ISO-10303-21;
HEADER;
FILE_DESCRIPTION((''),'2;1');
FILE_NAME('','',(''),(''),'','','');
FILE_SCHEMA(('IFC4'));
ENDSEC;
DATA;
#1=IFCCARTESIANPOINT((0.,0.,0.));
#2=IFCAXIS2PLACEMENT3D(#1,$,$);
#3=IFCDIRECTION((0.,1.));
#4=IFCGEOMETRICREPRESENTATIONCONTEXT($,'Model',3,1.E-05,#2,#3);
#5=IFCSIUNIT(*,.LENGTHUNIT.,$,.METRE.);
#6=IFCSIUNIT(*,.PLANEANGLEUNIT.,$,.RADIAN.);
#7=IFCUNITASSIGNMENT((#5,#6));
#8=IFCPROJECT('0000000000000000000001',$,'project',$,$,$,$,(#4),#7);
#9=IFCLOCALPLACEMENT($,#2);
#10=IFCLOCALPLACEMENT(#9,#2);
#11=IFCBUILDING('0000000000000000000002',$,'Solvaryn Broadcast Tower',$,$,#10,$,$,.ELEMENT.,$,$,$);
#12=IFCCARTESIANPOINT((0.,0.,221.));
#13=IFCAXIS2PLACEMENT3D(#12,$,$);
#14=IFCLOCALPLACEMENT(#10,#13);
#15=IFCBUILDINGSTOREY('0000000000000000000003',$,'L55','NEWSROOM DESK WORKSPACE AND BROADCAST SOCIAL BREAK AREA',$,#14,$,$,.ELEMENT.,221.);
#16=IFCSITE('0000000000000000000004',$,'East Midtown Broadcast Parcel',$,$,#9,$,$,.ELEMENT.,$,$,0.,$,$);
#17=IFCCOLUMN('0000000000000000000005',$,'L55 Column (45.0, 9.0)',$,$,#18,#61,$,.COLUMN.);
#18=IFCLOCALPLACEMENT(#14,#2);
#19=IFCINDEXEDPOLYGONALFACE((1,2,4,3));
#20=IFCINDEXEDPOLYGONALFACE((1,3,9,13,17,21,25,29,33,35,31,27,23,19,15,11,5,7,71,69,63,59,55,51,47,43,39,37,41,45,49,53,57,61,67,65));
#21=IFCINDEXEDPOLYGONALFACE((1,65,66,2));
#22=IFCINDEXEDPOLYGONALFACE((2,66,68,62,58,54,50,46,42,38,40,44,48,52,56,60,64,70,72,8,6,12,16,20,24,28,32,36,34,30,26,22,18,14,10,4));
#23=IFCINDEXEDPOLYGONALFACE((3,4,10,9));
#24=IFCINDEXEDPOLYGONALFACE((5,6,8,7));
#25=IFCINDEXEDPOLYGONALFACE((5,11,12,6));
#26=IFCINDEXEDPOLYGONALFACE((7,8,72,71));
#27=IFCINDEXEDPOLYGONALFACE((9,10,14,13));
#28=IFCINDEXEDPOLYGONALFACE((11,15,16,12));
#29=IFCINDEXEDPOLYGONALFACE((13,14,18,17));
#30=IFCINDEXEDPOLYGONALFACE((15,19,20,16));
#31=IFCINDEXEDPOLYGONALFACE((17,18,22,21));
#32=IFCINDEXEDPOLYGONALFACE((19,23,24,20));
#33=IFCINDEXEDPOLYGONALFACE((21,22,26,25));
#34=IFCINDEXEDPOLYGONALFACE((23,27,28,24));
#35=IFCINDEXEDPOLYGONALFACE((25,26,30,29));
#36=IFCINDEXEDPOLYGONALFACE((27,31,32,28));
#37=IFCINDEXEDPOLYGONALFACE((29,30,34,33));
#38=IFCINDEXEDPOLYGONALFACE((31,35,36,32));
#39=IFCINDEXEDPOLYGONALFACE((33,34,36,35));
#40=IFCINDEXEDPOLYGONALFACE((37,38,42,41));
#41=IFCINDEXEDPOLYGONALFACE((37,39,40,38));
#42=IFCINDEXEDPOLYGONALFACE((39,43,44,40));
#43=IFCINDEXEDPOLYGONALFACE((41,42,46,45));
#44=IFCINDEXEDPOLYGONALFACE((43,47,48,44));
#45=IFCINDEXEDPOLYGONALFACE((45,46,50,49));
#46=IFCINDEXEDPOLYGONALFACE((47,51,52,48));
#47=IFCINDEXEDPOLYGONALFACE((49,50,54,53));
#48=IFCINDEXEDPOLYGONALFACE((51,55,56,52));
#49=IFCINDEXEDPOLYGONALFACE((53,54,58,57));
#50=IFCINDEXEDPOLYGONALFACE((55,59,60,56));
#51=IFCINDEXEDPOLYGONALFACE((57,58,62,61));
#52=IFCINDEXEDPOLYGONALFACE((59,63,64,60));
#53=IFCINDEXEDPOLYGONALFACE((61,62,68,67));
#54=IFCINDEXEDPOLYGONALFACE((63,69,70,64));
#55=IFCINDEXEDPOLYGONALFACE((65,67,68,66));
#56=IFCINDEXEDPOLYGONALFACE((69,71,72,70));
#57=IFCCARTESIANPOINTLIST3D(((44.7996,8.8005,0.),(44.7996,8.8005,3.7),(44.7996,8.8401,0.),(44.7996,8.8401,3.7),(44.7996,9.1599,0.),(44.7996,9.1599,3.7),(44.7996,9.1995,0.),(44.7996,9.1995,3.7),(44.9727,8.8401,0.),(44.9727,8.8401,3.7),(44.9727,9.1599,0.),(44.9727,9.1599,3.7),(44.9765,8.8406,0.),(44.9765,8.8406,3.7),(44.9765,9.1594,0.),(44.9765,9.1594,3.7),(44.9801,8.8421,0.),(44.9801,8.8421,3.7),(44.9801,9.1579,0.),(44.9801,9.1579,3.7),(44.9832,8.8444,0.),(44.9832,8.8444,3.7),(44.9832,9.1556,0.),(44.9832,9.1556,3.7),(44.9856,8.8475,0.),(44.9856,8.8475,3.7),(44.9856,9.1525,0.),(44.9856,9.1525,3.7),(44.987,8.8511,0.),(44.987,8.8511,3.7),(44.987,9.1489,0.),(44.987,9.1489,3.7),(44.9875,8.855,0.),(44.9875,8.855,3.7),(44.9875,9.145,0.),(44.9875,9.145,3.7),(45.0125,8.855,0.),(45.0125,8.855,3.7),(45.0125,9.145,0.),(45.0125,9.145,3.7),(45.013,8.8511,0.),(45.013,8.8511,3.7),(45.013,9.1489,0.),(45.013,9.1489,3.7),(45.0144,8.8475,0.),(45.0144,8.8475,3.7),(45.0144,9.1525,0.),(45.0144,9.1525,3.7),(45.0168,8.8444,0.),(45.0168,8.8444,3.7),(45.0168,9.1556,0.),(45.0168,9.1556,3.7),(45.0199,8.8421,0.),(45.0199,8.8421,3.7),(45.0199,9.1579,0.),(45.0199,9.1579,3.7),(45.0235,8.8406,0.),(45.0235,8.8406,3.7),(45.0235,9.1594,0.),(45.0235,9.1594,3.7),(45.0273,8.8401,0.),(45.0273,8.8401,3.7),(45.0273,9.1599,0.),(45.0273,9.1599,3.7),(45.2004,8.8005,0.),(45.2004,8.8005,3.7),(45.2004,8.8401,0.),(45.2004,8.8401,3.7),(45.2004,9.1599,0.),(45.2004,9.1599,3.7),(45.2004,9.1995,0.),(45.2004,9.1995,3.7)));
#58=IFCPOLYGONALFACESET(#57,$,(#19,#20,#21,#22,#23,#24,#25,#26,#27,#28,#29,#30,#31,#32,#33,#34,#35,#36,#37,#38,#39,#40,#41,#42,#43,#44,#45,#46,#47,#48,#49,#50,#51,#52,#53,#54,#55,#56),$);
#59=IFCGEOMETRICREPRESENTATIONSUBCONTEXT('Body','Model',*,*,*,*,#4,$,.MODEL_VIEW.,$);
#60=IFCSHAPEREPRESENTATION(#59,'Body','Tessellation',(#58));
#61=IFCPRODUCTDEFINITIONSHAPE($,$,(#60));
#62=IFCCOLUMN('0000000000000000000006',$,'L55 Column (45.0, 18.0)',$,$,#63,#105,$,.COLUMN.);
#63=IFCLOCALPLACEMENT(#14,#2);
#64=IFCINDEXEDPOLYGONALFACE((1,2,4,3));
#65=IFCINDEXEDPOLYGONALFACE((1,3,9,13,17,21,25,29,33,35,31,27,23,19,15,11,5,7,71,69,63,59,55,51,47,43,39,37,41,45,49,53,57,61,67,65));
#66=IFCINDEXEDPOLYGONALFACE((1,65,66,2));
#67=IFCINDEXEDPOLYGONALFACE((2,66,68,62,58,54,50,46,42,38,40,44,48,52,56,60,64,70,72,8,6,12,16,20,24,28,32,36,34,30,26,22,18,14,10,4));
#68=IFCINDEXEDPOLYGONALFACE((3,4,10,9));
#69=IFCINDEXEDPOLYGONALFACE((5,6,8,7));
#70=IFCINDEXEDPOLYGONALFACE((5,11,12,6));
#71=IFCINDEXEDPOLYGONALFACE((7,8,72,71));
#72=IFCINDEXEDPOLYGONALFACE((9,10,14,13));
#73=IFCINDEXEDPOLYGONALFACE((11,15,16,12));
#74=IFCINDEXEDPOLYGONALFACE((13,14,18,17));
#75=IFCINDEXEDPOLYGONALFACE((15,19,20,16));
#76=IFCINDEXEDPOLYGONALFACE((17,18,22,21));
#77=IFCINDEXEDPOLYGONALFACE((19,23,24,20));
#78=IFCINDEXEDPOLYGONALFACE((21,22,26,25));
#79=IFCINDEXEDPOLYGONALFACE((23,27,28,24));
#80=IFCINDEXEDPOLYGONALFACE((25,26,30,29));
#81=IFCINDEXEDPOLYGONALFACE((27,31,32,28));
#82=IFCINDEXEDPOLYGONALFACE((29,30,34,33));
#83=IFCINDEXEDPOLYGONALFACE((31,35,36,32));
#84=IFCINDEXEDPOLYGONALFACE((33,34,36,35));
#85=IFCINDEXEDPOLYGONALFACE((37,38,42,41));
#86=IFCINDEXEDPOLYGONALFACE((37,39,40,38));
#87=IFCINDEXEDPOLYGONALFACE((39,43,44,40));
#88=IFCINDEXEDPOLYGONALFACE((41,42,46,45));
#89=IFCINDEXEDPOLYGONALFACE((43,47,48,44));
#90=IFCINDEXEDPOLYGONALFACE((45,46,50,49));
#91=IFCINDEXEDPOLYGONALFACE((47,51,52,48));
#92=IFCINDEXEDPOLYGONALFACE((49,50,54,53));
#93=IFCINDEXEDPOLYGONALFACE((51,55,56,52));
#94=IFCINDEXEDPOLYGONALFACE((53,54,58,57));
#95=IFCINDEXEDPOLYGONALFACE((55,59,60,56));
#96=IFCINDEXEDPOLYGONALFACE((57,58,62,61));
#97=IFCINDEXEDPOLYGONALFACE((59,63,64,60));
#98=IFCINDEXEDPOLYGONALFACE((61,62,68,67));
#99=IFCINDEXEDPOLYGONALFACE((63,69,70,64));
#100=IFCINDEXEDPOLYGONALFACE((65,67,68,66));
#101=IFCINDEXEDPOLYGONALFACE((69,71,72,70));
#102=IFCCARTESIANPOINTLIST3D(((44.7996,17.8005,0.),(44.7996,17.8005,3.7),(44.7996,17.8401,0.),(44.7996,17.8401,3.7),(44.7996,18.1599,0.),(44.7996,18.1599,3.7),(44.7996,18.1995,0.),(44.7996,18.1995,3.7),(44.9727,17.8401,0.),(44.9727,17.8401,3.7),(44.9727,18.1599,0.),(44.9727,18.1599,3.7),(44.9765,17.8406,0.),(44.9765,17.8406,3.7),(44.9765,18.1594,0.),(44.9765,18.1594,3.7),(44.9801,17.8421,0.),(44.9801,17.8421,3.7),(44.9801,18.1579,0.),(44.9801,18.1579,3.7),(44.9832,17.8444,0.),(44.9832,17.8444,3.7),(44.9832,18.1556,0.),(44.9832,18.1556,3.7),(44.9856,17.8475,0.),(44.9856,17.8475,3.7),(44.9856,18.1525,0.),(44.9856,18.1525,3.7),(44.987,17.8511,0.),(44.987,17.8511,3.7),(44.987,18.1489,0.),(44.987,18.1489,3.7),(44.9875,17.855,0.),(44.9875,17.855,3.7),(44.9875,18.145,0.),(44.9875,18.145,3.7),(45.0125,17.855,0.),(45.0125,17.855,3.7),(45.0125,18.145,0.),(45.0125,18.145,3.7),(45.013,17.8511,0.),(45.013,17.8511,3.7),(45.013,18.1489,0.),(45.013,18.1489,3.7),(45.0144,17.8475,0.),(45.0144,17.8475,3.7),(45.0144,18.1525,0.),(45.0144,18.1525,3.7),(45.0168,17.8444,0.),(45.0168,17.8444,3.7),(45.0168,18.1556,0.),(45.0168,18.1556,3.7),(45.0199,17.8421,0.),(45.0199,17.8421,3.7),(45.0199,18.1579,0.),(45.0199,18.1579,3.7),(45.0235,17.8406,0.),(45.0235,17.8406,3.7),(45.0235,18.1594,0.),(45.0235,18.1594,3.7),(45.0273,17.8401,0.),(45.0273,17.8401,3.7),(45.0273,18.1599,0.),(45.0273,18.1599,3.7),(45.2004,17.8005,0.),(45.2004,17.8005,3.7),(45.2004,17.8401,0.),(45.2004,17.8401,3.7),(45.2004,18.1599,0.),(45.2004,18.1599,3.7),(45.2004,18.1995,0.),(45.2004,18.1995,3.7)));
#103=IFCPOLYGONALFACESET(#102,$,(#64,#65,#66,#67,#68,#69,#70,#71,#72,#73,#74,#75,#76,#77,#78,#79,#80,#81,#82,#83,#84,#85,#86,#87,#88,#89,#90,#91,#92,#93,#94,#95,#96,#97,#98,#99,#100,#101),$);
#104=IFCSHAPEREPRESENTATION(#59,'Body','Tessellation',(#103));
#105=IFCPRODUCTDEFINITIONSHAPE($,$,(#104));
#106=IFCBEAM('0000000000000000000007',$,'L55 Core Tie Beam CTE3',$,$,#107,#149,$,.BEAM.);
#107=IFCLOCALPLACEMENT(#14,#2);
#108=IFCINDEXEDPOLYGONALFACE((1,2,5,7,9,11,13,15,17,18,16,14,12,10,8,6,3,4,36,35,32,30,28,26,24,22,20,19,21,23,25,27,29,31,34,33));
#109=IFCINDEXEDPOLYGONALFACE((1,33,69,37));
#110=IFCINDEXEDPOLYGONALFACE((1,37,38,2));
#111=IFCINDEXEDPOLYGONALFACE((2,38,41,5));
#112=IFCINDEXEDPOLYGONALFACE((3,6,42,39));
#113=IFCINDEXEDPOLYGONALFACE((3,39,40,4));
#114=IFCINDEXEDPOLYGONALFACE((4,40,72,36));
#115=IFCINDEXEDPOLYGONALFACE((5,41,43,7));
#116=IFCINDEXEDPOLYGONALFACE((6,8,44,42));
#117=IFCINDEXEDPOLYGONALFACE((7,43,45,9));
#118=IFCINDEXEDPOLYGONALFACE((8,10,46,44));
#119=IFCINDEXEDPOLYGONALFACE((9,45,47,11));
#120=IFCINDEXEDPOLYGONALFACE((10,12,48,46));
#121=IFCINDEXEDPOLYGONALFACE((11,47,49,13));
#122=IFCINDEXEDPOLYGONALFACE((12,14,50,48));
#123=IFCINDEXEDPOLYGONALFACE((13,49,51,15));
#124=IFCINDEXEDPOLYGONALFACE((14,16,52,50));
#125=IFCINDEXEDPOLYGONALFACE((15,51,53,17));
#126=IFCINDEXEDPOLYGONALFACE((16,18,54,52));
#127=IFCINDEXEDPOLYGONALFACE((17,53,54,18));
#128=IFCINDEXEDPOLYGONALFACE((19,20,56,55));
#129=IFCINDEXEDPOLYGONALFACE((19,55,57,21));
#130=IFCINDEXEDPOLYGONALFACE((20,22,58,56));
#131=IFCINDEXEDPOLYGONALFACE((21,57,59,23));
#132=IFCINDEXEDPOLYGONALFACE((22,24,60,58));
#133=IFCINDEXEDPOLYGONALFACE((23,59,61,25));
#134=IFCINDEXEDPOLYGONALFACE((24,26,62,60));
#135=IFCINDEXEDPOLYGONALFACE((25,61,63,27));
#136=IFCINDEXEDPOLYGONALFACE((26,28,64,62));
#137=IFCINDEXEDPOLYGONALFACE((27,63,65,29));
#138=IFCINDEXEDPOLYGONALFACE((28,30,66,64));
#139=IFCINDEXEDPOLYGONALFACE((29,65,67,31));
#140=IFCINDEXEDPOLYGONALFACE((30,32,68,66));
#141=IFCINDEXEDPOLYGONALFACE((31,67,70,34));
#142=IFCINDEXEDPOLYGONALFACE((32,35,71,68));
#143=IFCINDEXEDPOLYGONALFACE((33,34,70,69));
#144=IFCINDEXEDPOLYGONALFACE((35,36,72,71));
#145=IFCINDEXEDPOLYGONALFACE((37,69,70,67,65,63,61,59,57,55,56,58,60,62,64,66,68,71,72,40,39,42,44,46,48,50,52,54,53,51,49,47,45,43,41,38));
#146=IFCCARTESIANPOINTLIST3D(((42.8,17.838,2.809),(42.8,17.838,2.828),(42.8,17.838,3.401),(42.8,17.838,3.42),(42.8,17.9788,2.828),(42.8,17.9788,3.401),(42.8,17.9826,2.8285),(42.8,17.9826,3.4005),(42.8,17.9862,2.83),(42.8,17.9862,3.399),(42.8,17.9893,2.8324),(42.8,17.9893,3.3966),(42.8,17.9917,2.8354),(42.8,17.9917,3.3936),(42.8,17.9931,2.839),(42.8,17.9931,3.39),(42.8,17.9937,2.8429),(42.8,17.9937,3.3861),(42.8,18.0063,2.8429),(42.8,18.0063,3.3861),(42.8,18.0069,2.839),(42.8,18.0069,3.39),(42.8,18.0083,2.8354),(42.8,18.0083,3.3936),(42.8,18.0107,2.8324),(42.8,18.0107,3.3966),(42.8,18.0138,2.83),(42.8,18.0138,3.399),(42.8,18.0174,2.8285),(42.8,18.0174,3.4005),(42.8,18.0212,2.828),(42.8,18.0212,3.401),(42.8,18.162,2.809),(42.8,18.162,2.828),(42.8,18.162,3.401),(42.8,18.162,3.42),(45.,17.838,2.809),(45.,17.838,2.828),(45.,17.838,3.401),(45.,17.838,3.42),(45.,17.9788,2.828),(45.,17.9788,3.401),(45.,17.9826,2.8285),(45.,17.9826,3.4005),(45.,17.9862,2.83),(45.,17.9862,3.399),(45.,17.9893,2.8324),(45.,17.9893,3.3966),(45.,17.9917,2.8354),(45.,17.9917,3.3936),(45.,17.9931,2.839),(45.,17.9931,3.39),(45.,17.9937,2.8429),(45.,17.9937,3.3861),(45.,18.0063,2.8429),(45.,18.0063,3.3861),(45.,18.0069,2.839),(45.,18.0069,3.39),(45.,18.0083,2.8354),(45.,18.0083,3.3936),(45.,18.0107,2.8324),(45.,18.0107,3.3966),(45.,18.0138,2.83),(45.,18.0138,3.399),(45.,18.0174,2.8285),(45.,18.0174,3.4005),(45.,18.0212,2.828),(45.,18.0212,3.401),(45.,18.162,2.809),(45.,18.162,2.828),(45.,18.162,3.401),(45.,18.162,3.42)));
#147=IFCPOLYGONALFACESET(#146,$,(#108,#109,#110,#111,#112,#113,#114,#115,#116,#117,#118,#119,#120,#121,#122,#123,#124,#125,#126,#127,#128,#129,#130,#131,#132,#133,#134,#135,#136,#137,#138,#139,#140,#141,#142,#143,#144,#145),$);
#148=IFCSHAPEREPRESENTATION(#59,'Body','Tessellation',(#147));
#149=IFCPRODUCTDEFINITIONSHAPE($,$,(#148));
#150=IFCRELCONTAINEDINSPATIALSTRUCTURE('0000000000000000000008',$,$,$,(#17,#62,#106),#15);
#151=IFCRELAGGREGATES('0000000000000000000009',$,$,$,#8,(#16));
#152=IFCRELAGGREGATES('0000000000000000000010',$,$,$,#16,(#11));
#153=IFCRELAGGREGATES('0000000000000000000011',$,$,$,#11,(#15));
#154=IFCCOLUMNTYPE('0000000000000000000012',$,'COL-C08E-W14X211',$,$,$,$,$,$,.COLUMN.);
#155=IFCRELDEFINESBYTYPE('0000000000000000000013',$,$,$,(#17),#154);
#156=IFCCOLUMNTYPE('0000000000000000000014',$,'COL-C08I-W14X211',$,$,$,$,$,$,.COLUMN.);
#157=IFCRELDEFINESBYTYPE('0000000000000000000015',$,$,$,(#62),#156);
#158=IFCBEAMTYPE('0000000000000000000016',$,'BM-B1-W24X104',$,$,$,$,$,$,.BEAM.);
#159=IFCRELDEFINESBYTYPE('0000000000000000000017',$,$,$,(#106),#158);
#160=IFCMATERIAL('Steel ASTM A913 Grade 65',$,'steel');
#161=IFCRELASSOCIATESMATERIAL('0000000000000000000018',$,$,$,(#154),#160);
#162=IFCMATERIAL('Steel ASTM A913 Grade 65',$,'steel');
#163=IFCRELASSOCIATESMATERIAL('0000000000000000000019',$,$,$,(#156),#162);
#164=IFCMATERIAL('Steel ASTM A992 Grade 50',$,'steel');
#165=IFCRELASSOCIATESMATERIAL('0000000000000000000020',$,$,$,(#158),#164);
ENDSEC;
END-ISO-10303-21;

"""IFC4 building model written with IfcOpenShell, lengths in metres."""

from ifc_helpers import new_model, si_unit, direction, frame, origin, origin_2d, place, context, subcontext, project, spatial, i_section, extrude, material, material_profile, profile_set, type_object, element, save


model = new_model("IFC4")

# Units and contexts
model_context = context("Model", 3, precision=1e-05, world=origin(), true_north=direction((0.0, 1.0)))
body_context = subcontext(model_context, "Body", "Model", "MODEL_VIEW")
ifc_project = project(units=[si_unit("LENGTHUNIT", "METRE"), si_unit("PLANEANGLEUNIT", "RADIAN")], contexts=[model_context])

# Site, building, storey
site_placement = place(None, origin())
site = spatial("IfcSite", under=ifc_project, at=site_placement, Name="East Midtown Broadcast Parcel", CompositionType="ELEMENT", RefElevation=0.0)
building_placement = place(site_placement, origin())
building = spatial("IfcBuilding", under=site, at=building_placement, Name="Solvaryn Broadcast Tower", CompositionType="ELEMENT")
storey_placement = place(building_placement, frame((0.0, 0.0, 221.0)))
storey = spatial("IfcBuildingStorey", under=building, at=storey_placement, Name="L55", Description="NEWSROOM DESK WORKSPACE AND BROADCAST SOCIAL BREAK AREA", CompositionType="ELEMENT", Elevation=221.0)

# Columns
ifc_material_1 = material(Name="Steel ASTM A913 Grade 65", Category="steel")
ifc_material_profile_1 = material_profile(ifc_material_1, i_section(OverallWidth=0.4009, OverallDepth=0.3989, WebThickness=0.0249, FlangeThickness=0.0396, FilletRadius=0.0149, at=origin_2d()))
ifc_profile_set_1 = profile_set([ifc_material_profile_1], Name="Steel ASTM A913 Grade 65")
column_type_1 = type_object("IfcColumnType", Name="COL-C08E-W14X211", PredefinedType="COLUMN", material=ifc_profile_set_1)
column_1_placement = place(storey_placement, frame((45.0, 9.0, 0.0), z_axis=(0.0, 0.0, 1.0), x_axis=(1.0, 0.0, 0.0)))
element("IfcColumn", 1, at=column_1_placement, inside=storey, type_object=column_type_1, Name="L55 Column (45.0, 9.0)", PredefinedType="COLUMN", context=body_context, shape_type="SweptSolid", body=[
    extrude(i_section(OverallWidth=0.4009, OverallDepth=0.3989, WebThickness=0.0249, FlangeThickness=0.0396, FilletRadius=0.0149, at=origin_2d()), origin(), (0.0, 0.0, 1.0), 3.7),
])
ifc_material_2 = material(Name="Steel ASTM A913 Grade 65", Category="steel")
ifc_material_profile_2 = material_profile(ifc_material_2, i_section(OverallWidth=0.4009, OverallDepth=0.3989, WebThickness=0.0249, FlangeThickness=0.0396, FilletRadius=0.0149, at=origin_2d()))
ifc_profile_set_2 = profile_set([ifc_material_profile_2], Name="Steel ASTM A913 Grade 65")
column_type_2 = type_object("IfcColumnType", Name="COL-C08I-W14X211", PredefinedType="COLUMN", material=ifc_profile_set_2)
column_2_placement = place(storey_placement, frame((45.0, 18.0, 0.0), z_axis=(0.0, 0.0, 1.0), x_axis=(1.0, 0.0, 0.0)))
element("IfcColumn", 2, at=column_2_placement, inside=storey, type_object=column_type_2, Name="L55 Column (45.0, 18.0)", PredefinedType="COLUMN", context=body_context, shape_type="SweptSolid", body=[
    extrude(i_section(OverallWidth=0.4009, OverallDepth=0.3989, WebThickness=0.0249, FlangeThickness=0.0396, FilletRadius=0.0149, at=origin_2d()), origin(), (0.0, 0.0, 1.0), 3.7),
])

# Beam
ifc_material_3 = material(Name="Steel ASTM A992 Grade 50", Category="steel")
ifc_material_profile_3 = material_profile(ifc_material_3, i_section(OverallWidth=0.324, OverallDepth=0.6111, WebThickness=0.0127, FlangeThickness=0.019, FilletRadius=0.0149, at=origin_2d()))
ifc_profile_set_3 = profile_set([ifc_material_profile_3], Name="Steel ASTM A992 Grade 50")
beam_type = type_object("IfcBeamType", Name="BM-B1-W24X104", PredefinedType="BEAM", material=ifc_profile_set_3)
beam_placement = place(storey_placement, frame((42.8, 18.0, 3.1145), z_axis=(1.0, 0.0, 0.0), x_axis=(0.0, 1.0, 0.0)))
element("IfcBeam", 3, at=beam_placement, inside=storey, type_object=beam_type, Name="L55 Core Tie Beam CTE3", PredefinedType="BEAM", context=body_context, shape_type="SweptSolid", body=[
    extrude(i_section(OverallWidth=0.324, OverallDepth=0.6111, WebThickness=0.0127, FlangeThickness=0.019, FilletRadius=0.0149, at=origin_2d()), origin(), (0.0, 0.0, 1.0), 2.2),
])

save(model, "model.ifc")
